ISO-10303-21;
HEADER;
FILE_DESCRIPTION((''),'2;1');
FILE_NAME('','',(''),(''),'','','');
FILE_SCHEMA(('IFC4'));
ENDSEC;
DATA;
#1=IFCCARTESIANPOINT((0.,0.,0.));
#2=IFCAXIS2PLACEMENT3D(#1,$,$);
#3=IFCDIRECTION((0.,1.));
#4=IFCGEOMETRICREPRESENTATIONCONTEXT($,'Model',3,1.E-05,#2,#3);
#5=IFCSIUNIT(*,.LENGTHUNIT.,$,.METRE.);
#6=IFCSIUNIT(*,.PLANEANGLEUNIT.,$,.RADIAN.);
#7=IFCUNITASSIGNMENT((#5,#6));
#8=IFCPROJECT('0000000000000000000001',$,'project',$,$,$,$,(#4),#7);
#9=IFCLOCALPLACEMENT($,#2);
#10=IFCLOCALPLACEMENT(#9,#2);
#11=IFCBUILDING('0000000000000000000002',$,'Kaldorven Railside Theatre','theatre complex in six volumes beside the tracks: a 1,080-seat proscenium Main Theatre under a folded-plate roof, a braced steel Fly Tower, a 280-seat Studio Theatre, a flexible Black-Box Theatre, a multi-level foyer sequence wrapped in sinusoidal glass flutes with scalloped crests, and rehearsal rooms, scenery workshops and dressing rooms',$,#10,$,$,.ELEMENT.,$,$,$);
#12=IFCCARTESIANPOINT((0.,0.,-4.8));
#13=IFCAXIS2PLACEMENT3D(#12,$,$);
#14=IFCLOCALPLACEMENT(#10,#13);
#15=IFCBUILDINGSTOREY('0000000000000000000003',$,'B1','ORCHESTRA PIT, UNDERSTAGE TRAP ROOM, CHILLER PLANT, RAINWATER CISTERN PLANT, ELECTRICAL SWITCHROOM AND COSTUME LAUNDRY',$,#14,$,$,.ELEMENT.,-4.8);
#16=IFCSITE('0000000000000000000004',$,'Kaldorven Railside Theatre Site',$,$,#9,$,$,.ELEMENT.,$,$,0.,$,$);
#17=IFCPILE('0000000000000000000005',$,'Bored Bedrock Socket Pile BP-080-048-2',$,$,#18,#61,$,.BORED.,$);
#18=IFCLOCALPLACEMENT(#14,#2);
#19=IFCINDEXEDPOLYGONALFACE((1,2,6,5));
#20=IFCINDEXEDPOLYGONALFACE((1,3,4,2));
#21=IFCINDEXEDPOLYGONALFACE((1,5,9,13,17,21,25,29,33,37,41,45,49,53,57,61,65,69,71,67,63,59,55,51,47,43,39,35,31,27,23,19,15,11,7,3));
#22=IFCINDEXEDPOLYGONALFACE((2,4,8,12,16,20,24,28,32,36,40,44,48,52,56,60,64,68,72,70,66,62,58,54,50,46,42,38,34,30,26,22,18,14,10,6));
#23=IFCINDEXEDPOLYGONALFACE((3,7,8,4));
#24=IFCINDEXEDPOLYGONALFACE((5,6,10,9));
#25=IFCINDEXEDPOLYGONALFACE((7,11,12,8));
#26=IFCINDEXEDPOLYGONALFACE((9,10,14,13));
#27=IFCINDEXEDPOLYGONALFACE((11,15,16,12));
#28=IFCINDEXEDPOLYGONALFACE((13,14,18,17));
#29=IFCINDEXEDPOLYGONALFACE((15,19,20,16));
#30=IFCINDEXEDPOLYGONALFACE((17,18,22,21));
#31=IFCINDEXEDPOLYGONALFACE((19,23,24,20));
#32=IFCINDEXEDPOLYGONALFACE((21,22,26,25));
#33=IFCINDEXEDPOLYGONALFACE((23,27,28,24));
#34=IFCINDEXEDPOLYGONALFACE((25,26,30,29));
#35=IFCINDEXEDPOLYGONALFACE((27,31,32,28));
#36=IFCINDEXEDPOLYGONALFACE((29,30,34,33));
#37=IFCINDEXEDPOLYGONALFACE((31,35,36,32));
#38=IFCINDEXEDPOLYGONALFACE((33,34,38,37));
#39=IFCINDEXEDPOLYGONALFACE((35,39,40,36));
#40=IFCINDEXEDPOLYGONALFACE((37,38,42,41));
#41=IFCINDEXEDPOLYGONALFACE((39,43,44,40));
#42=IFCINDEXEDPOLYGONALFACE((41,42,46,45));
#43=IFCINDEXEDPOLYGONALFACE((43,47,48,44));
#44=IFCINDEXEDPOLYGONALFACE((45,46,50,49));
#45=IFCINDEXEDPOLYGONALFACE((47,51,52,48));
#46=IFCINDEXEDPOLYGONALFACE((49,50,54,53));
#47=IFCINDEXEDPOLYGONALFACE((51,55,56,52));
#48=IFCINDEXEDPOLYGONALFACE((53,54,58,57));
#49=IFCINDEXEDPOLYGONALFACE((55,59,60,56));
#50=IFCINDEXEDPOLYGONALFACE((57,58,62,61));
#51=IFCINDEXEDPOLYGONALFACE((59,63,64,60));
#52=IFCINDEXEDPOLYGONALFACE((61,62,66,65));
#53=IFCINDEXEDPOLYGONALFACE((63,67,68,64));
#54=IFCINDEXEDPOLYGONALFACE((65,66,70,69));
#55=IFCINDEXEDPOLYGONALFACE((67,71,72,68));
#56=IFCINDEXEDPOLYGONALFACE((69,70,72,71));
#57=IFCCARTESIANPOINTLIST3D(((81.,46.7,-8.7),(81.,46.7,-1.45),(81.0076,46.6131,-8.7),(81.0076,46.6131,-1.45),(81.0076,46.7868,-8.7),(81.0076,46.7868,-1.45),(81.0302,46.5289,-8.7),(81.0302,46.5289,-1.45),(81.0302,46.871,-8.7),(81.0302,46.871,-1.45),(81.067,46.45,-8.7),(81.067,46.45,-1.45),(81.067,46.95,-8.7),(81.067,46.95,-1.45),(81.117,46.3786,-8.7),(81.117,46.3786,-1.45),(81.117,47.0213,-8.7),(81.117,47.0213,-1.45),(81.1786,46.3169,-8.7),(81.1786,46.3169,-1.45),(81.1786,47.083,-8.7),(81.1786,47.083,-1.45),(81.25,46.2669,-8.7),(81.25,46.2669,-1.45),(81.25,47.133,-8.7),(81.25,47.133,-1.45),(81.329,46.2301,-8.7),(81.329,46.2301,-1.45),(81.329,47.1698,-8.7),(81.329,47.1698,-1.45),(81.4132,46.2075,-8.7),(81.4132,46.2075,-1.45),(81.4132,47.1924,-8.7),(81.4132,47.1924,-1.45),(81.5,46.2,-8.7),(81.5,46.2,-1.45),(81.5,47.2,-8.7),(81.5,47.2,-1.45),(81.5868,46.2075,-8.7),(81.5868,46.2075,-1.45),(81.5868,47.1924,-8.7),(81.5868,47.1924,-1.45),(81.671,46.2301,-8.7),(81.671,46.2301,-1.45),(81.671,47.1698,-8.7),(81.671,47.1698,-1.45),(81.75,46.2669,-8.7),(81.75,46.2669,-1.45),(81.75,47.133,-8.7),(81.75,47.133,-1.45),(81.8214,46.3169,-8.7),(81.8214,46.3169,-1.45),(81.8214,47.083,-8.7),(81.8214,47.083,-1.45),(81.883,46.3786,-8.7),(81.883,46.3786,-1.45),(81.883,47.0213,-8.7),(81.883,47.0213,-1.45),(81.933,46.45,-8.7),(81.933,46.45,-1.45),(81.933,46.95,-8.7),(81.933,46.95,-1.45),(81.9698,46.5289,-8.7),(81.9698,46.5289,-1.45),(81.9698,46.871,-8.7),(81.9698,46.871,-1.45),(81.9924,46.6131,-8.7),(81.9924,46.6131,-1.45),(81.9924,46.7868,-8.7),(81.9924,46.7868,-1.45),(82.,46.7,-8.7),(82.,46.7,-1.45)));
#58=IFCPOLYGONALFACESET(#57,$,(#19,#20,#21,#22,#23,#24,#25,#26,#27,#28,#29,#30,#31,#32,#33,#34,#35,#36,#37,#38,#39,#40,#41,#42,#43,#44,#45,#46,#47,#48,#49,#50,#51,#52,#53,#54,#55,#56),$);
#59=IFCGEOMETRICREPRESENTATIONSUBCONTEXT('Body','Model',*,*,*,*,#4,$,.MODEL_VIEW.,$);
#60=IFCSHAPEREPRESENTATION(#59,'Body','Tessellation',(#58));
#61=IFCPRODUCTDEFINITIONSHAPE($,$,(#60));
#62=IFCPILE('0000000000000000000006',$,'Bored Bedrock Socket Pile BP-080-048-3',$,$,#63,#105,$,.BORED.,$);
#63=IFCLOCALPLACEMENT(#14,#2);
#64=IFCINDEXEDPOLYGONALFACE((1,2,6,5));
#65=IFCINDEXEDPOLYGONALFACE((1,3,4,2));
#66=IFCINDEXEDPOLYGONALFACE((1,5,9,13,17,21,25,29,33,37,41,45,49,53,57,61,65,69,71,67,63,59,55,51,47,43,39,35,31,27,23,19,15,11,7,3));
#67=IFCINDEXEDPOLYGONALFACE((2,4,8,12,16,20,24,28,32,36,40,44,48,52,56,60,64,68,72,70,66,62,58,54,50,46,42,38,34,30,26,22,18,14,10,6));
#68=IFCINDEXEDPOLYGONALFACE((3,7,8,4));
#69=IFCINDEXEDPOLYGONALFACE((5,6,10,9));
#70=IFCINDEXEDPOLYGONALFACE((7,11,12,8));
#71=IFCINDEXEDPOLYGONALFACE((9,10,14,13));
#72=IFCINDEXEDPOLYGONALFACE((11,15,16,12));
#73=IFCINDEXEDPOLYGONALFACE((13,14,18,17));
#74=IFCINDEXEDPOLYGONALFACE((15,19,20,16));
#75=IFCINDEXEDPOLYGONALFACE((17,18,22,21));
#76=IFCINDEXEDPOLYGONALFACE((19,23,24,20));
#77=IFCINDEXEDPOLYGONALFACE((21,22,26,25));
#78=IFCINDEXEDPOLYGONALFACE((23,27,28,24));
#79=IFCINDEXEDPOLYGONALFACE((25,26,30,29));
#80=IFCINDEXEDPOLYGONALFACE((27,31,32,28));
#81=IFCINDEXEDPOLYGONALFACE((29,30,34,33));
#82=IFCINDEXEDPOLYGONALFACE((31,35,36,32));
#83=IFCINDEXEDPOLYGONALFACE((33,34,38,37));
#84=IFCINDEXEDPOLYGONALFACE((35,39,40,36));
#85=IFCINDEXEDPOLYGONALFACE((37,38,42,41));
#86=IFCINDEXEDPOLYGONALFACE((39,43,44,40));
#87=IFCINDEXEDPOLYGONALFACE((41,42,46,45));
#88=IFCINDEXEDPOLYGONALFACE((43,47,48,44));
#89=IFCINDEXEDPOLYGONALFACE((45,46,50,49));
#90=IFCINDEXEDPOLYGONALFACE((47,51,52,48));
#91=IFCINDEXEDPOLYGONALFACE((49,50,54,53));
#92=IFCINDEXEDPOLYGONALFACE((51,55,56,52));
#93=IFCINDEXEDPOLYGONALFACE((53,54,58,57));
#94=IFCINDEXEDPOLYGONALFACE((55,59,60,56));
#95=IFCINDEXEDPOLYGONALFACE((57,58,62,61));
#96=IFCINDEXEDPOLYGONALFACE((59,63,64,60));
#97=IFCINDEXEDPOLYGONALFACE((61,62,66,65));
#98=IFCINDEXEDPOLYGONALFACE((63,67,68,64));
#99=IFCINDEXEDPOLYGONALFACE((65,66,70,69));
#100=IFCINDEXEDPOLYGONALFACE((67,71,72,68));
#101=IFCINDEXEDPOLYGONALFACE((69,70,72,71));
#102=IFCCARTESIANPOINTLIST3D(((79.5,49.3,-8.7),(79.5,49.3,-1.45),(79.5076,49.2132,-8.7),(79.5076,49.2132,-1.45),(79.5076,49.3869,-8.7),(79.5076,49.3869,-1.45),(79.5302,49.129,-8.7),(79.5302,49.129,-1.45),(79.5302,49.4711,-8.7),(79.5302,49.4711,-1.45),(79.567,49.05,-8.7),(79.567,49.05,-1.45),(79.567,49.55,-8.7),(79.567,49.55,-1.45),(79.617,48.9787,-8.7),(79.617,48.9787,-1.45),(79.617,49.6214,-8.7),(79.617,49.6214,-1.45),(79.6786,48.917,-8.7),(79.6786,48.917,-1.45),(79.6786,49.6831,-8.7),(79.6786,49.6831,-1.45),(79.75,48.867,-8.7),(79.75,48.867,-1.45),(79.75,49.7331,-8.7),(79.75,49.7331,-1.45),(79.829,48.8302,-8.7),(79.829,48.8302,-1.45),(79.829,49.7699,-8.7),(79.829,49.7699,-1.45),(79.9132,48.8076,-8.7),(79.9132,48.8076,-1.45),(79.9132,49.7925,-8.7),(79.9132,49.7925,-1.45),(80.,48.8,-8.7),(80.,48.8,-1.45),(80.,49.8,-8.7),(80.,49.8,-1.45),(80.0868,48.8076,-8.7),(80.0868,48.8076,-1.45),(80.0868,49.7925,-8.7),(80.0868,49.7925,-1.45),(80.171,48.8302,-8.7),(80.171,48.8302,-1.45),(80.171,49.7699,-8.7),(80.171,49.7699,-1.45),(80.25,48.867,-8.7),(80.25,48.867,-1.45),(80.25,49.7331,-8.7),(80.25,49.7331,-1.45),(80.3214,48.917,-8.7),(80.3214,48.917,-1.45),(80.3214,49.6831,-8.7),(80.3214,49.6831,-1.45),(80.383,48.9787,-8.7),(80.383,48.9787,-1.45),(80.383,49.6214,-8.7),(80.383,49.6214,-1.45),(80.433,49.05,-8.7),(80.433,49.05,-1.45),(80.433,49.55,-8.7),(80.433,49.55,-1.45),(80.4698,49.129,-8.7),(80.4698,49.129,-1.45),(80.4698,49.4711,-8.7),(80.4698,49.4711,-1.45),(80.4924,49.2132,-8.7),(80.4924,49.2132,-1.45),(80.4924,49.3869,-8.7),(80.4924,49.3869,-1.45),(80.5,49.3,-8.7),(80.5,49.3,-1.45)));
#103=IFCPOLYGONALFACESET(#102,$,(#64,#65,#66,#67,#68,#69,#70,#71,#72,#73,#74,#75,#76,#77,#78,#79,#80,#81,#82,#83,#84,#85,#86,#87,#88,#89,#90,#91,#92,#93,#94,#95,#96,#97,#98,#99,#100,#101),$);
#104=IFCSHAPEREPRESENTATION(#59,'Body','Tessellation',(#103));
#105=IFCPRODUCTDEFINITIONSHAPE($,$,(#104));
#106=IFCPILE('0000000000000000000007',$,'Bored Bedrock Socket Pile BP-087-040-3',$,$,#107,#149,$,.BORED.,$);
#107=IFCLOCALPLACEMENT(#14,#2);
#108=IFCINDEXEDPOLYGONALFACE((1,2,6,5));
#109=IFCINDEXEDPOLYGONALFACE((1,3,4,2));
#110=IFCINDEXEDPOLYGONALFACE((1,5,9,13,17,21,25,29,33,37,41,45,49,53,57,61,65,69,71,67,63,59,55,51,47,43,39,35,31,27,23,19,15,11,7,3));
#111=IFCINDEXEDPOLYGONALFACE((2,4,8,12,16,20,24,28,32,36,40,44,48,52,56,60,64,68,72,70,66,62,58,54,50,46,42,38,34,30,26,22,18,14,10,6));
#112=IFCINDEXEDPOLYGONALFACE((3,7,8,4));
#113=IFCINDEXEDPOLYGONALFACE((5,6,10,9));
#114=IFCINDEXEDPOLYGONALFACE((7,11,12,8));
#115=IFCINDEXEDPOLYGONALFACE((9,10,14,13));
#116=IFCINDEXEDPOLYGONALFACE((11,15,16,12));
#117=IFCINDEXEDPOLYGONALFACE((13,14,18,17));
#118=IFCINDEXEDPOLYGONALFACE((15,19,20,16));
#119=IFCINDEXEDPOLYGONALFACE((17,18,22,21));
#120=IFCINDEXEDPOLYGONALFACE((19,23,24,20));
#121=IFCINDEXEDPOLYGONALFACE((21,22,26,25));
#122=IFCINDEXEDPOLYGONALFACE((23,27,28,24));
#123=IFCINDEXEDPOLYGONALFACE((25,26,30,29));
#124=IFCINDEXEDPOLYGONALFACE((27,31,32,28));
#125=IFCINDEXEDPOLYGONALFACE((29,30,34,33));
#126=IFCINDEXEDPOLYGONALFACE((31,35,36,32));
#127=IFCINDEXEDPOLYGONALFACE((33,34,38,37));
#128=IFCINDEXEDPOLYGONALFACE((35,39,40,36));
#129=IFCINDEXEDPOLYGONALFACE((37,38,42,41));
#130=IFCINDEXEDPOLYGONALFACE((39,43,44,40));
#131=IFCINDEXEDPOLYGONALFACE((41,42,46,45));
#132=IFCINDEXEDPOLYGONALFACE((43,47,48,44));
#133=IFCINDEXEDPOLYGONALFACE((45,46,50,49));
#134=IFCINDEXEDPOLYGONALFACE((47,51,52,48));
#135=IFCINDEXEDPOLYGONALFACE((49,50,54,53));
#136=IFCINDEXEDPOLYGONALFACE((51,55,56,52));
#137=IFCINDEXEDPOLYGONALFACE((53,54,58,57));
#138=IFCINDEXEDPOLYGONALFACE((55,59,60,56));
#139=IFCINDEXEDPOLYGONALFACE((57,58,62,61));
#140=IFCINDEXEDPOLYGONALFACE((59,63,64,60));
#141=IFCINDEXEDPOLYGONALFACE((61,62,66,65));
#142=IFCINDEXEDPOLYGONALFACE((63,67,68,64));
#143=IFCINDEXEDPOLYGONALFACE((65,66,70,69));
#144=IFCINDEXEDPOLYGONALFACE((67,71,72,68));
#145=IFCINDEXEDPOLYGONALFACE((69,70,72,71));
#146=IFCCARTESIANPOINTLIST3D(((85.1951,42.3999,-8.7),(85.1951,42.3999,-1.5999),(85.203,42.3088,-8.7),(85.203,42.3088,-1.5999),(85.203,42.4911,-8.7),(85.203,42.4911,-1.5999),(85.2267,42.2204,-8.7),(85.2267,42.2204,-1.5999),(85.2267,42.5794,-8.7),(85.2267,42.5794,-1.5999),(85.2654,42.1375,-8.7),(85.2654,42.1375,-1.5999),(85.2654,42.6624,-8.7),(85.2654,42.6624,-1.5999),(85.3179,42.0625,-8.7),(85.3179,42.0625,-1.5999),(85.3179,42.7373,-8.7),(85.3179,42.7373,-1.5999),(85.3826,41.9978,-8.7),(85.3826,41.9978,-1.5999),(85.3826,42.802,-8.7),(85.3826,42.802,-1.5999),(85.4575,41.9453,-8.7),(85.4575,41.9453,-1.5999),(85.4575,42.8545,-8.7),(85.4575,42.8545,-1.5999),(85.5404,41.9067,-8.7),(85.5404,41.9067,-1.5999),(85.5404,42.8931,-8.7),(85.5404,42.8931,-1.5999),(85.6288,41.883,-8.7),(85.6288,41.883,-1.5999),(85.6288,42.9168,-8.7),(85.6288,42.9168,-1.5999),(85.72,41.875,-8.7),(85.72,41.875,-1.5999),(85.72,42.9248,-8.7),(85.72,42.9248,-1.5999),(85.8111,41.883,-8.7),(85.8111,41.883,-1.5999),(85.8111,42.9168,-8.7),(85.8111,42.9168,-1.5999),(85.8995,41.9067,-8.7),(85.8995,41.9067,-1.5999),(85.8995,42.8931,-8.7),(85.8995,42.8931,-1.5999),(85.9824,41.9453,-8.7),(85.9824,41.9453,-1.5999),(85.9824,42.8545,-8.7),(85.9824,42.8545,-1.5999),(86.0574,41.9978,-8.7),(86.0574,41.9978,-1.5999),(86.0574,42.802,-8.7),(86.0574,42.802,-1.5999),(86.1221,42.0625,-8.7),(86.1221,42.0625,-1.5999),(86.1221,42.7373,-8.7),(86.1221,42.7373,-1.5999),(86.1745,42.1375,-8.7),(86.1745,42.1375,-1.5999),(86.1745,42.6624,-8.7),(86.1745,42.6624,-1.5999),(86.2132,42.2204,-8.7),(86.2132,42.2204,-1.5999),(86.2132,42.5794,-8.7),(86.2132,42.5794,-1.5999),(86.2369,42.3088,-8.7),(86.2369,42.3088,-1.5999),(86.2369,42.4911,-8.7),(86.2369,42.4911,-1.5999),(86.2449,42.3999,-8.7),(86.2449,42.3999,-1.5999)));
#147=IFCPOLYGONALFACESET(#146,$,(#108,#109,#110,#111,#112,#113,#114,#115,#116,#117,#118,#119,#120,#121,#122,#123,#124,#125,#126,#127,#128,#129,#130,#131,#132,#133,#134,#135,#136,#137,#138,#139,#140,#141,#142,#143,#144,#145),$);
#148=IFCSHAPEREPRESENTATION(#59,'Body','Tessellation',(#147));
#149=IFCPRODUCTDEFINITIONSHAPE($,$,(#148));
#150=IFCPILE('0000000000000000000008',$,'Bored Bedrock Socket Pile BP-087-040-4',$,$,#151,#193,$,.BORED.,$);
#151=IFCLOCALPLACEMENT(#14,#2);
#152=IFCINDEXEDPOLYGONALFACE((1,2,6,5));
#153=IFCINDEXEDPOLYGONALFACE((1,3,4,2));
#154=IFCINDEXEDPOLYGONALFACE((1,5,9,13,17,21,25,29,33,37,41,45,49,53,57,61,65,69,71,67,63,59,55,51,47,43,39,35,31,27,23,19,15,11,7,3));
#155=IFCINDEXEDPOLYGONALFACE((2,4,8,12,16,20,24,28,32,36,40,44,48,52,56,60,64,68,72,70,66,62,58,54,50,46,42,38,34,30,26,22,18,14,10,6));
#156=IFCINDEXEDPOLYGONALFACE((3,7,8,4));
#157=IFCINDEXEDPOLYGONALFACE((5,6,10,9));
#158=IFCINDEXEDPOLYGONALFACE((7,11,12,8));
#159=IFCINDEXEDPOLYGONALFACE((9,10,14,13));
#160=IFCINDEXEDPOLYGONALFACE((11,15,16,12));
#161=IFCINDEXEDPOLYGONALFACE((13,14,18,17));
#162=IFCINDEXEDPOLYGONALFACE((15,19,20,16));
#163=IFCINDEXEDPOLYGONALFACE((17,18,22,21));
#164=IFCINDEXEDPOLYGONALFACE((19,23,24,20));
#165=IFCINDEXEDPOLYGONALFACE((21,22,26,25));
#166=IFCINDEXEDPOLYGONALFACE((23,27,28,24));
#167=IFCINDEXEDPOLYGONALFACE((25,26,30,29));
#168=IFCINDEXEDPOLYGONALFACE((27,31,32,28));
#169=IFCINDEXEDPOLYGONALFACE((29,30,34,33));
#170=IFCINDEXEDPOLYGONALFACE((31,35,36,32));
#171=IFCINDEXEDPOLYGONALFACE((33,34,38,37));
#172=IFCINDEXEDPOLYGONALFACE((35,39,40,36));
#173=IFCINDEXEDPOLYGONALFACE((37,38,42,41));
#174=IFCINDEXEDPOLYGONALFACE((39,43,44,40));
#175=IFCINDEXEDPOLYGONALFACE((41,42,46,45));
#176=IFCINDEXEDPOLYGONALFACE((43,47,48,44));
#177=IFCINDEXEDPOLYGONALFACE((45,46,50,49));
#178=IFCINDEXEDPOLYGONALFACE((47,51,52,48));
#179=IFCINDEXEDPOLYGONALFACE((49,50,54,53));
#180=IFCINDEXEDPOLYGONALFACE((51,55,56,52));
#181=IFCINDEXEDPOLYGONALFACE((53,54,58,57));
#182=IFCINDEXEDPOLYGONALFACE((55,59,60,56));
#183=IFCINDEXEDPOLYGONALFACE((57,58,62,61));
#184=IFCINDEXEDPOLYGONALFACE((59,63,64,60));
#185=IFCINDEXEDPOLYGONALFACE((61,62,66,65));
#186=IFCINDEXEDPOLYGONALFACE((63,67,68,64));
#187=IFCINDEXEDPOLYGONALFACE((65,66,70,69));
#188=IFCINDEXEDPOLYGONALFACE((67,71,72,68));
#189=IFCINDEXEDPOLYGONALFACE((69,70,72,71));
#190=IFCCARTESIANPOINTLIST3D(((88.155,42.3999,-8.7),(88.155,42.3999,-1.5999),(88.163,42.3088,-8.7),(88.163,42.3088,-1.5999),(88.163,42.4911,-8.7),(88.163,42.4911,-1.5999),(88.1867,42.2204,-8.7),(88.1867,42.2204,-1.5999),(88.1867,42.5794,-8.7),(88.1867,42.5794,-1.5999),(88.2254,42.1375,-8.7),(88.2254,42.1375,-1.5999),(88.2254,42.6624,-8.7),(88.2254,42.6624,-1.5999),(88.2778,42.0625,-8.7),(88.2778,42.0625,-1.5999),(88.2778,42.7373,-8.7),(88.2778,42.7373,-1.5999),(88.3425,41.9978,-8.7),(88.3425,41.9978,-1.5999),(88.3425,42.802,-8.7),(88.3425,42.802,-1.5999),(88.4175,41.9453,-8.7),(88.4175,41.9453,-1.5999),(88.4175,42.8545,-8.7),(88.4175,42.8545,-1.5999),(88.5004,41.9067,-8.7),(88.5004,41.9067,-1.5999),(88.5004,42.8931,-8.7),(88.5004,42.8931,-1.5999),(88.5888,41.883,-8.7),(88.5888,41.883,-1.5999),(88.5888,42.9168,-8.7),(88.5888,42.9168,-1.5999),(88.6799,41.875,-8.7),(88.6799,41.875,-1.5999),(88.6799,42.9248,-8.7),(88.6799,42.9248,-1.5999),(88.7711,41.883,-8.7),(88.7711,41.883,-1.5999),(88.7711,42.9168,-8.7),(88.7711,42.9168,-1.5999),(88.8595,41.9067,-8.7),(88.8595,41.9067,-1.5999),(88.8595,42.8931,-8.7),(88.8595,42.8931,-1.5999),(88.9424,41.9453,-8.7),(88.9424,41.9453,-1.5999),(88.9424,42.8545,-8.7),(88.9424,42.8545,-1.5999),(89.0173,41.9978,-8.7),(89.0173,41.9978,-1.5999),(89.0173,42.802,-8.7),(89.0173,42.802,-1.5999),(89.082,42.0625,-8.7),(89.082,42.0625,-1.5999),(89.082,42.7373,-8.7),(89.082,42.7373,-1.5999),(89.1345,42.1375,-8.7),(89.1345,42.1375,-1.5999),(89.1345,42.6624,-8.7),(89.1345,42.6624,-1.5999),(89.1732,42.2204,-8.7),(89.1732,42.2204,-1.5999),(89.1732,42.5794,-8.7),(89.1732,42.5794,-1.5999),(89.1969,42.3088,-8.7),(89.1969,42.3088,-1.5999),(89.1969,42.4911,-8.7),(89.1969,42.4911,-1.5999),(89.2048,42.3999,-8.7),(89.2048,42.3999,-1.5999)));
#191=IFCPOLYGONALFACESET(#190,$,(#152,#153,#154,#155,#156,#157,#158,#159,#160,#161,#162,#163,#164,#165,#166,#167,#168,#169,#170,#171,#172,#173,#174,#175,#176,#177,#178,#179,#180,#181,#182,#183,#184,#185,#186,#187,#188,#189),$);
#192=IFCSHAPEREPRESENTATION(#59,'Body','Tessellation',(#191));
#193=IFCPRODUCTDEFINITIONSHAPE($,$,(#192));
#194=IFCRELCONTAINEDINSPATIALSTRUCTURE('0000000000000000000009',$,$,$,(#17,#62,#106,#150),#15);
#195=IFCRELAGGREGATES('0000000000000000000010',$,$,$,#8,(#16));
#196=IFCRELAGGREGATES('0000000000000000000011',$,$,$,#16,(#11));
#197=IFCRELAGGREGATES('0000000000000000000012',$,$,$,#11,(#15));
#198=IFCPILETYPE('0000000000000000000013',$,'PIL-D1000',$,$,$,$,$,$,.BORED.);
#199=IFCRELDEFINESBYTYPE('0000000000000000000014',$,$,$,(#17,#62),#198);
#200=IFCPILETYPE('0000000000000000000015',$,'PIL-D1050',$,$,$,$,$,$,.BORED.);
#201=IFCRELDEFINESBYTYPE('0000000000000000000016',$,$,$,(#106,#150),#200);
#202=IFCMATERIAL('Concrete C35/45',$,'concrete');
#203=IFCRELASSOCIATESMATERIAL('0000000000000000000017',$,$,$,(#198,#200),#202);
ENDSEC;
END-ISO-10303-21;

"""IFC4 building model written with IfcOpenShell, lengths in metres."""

from ifc_helpers import new_model, si_unit, direction, frame, origin, origin_2d, place, context, subcontext, project, spatial, circle, extrude, material, material_profile, profile_set, type_object, element, save


model = new_model("IFC4")

# Units and contexts
model_context = context("Model", 3, precision=1e-05, world=origin(), true_north=direction((0.0, 1.0)))
body_context = subcontext(model_context, "Body", "Model", "MODEL_VIEW")
ifc_project = project(units=[si_unit("LENGTHUNIT", "METRE"), si_unit("PLANEANGLEUNIT", "RADIAN")], contexts=[model_context])

# Site, building, storey
site_placement = place(None, origin())
site = spatial("IfcSite", under=ifc_project, at=site_placement, Name="Kaldorven Railside Theatre Site", CompositionType="ELEMENT", RefElevation=0.0)
building_placement = place(site_placement, origin())
building = spatial("IfcBuilding", under=site, at=building_placement, Name="Kaldorven Railside Theatre", Description="theatre complex in six volumes beside the tracks: a 1,080-seat proscenium Main Theatre under a folded-plate roof, a braced steel Fly Tower, a 280-seat Studio Theatre, a flexible Black-Box Theatre, a multi-level foyer sequence wrapped in sinusoidal glass flutes with scalloped crests, and rehearsal rooms, scenery workshops and dressing rooms", CompositionType="ELEMENT")
storey_placement = place(building_placement, frame((0.0, 0.0, -4.8)))
storey = spatial("IfcBuildingStorey", under=building, at=storey_placement, Name="B1", Description="ORCHESTRA PIT, UNDERSTAGE TRAP ROOM, CHILLER PLANT, RAINWATER CISTERN PLANT, ELECTRICAL SWITCHROOM AND COSTUME LAUNDRY", CompositionType="ELEMENT", Elevation=-4.8)

# Piles
ifc_material_1 = material(Name="Concrete C35/45", Category="concrete")
ifc_material_profile_1 = material_profile(ifc_material_1, circle(Radius=0.5, at=origin_2d()), Name="BP D1000")
ifc_profile_set_1 = profile_set([ifc_material_profile_1], Name="Concrete C35/45")
pile_type_1 = type_object("IfcPileType", Name="PIL-D1000", PredefinedType="BORED", material=ifc_profile_set_1)
for number, where, z_axis, x_axis, name in (
    (1, (81.5, 46.7, -1.45), (0.0, 0.0, -1.0), (1.0, 0.0, 0.0), "Bored Bedrock Socket Pile BP-080-048-2"),
    (2, (80.0, 49.3, -1.45), (0.0, 0.0, -1.0), (1.0, 0.0, 0.0), "Bored Bedrock Socket Pile BP-080-048-3"),
):
    element("IfcPile", number, at=place(storey_placement, frame(where, z_axis=z_axis, x_axis=x_axis)), inside=storey, type_object=pile_type_1, Name=name, PredefinedType="BORED", context=body_context, shape_type="SweptSolid", body=[
        extrude(circle(Radius=0.5, at=origin_2d()), origin(), (0.0, 0.0, 1.0), 7.25),
    ])
ifc_material_profile_2 = material_profile(ifc_material_1, circle(Radius=0.5249, at=origin_2d()), Name="BP D1050")
ifc_profile_set_2 = profile_set([ifc_material_profile_2], Name="Concrete C35/45")
pile_type_2 = type_object("IfcPileType", Name="PIL-D1050", PredefinedType="BORED", material=ifc_profile_set_2)
for number, where, z_axis, x_axis, name in (
    (3, (85.72, 42.3999, -1.5999), (0.0, 0.0, -1.0), (1.0, 0.0, 0.0), "Bored Bedrock Socket Pile BP-087-040-3"),
    (4, (88.6799, 42.3999, -1.5999), (0.0, 0.0, -1.0), (1.0, 0.0, 0.0), "Bored Bedrock Socket Pile BP-087-040-4"),
):
    element("IfcPile", number, at=place(storey_placement, frame(where, z_axis=z_axis, x_axis=x_axis)), inside=storey, type_object=pile_type_2, Name=name, PredefinedType="BORED", context=body_context, shape_type="SweptSolid", body=[
        extrude(circle(Radius=0.5249, at=origin_2d()), origin(), (0.0, 0.0, 1.0), 7.1001),
    ])

save(model, "model.ifc")
